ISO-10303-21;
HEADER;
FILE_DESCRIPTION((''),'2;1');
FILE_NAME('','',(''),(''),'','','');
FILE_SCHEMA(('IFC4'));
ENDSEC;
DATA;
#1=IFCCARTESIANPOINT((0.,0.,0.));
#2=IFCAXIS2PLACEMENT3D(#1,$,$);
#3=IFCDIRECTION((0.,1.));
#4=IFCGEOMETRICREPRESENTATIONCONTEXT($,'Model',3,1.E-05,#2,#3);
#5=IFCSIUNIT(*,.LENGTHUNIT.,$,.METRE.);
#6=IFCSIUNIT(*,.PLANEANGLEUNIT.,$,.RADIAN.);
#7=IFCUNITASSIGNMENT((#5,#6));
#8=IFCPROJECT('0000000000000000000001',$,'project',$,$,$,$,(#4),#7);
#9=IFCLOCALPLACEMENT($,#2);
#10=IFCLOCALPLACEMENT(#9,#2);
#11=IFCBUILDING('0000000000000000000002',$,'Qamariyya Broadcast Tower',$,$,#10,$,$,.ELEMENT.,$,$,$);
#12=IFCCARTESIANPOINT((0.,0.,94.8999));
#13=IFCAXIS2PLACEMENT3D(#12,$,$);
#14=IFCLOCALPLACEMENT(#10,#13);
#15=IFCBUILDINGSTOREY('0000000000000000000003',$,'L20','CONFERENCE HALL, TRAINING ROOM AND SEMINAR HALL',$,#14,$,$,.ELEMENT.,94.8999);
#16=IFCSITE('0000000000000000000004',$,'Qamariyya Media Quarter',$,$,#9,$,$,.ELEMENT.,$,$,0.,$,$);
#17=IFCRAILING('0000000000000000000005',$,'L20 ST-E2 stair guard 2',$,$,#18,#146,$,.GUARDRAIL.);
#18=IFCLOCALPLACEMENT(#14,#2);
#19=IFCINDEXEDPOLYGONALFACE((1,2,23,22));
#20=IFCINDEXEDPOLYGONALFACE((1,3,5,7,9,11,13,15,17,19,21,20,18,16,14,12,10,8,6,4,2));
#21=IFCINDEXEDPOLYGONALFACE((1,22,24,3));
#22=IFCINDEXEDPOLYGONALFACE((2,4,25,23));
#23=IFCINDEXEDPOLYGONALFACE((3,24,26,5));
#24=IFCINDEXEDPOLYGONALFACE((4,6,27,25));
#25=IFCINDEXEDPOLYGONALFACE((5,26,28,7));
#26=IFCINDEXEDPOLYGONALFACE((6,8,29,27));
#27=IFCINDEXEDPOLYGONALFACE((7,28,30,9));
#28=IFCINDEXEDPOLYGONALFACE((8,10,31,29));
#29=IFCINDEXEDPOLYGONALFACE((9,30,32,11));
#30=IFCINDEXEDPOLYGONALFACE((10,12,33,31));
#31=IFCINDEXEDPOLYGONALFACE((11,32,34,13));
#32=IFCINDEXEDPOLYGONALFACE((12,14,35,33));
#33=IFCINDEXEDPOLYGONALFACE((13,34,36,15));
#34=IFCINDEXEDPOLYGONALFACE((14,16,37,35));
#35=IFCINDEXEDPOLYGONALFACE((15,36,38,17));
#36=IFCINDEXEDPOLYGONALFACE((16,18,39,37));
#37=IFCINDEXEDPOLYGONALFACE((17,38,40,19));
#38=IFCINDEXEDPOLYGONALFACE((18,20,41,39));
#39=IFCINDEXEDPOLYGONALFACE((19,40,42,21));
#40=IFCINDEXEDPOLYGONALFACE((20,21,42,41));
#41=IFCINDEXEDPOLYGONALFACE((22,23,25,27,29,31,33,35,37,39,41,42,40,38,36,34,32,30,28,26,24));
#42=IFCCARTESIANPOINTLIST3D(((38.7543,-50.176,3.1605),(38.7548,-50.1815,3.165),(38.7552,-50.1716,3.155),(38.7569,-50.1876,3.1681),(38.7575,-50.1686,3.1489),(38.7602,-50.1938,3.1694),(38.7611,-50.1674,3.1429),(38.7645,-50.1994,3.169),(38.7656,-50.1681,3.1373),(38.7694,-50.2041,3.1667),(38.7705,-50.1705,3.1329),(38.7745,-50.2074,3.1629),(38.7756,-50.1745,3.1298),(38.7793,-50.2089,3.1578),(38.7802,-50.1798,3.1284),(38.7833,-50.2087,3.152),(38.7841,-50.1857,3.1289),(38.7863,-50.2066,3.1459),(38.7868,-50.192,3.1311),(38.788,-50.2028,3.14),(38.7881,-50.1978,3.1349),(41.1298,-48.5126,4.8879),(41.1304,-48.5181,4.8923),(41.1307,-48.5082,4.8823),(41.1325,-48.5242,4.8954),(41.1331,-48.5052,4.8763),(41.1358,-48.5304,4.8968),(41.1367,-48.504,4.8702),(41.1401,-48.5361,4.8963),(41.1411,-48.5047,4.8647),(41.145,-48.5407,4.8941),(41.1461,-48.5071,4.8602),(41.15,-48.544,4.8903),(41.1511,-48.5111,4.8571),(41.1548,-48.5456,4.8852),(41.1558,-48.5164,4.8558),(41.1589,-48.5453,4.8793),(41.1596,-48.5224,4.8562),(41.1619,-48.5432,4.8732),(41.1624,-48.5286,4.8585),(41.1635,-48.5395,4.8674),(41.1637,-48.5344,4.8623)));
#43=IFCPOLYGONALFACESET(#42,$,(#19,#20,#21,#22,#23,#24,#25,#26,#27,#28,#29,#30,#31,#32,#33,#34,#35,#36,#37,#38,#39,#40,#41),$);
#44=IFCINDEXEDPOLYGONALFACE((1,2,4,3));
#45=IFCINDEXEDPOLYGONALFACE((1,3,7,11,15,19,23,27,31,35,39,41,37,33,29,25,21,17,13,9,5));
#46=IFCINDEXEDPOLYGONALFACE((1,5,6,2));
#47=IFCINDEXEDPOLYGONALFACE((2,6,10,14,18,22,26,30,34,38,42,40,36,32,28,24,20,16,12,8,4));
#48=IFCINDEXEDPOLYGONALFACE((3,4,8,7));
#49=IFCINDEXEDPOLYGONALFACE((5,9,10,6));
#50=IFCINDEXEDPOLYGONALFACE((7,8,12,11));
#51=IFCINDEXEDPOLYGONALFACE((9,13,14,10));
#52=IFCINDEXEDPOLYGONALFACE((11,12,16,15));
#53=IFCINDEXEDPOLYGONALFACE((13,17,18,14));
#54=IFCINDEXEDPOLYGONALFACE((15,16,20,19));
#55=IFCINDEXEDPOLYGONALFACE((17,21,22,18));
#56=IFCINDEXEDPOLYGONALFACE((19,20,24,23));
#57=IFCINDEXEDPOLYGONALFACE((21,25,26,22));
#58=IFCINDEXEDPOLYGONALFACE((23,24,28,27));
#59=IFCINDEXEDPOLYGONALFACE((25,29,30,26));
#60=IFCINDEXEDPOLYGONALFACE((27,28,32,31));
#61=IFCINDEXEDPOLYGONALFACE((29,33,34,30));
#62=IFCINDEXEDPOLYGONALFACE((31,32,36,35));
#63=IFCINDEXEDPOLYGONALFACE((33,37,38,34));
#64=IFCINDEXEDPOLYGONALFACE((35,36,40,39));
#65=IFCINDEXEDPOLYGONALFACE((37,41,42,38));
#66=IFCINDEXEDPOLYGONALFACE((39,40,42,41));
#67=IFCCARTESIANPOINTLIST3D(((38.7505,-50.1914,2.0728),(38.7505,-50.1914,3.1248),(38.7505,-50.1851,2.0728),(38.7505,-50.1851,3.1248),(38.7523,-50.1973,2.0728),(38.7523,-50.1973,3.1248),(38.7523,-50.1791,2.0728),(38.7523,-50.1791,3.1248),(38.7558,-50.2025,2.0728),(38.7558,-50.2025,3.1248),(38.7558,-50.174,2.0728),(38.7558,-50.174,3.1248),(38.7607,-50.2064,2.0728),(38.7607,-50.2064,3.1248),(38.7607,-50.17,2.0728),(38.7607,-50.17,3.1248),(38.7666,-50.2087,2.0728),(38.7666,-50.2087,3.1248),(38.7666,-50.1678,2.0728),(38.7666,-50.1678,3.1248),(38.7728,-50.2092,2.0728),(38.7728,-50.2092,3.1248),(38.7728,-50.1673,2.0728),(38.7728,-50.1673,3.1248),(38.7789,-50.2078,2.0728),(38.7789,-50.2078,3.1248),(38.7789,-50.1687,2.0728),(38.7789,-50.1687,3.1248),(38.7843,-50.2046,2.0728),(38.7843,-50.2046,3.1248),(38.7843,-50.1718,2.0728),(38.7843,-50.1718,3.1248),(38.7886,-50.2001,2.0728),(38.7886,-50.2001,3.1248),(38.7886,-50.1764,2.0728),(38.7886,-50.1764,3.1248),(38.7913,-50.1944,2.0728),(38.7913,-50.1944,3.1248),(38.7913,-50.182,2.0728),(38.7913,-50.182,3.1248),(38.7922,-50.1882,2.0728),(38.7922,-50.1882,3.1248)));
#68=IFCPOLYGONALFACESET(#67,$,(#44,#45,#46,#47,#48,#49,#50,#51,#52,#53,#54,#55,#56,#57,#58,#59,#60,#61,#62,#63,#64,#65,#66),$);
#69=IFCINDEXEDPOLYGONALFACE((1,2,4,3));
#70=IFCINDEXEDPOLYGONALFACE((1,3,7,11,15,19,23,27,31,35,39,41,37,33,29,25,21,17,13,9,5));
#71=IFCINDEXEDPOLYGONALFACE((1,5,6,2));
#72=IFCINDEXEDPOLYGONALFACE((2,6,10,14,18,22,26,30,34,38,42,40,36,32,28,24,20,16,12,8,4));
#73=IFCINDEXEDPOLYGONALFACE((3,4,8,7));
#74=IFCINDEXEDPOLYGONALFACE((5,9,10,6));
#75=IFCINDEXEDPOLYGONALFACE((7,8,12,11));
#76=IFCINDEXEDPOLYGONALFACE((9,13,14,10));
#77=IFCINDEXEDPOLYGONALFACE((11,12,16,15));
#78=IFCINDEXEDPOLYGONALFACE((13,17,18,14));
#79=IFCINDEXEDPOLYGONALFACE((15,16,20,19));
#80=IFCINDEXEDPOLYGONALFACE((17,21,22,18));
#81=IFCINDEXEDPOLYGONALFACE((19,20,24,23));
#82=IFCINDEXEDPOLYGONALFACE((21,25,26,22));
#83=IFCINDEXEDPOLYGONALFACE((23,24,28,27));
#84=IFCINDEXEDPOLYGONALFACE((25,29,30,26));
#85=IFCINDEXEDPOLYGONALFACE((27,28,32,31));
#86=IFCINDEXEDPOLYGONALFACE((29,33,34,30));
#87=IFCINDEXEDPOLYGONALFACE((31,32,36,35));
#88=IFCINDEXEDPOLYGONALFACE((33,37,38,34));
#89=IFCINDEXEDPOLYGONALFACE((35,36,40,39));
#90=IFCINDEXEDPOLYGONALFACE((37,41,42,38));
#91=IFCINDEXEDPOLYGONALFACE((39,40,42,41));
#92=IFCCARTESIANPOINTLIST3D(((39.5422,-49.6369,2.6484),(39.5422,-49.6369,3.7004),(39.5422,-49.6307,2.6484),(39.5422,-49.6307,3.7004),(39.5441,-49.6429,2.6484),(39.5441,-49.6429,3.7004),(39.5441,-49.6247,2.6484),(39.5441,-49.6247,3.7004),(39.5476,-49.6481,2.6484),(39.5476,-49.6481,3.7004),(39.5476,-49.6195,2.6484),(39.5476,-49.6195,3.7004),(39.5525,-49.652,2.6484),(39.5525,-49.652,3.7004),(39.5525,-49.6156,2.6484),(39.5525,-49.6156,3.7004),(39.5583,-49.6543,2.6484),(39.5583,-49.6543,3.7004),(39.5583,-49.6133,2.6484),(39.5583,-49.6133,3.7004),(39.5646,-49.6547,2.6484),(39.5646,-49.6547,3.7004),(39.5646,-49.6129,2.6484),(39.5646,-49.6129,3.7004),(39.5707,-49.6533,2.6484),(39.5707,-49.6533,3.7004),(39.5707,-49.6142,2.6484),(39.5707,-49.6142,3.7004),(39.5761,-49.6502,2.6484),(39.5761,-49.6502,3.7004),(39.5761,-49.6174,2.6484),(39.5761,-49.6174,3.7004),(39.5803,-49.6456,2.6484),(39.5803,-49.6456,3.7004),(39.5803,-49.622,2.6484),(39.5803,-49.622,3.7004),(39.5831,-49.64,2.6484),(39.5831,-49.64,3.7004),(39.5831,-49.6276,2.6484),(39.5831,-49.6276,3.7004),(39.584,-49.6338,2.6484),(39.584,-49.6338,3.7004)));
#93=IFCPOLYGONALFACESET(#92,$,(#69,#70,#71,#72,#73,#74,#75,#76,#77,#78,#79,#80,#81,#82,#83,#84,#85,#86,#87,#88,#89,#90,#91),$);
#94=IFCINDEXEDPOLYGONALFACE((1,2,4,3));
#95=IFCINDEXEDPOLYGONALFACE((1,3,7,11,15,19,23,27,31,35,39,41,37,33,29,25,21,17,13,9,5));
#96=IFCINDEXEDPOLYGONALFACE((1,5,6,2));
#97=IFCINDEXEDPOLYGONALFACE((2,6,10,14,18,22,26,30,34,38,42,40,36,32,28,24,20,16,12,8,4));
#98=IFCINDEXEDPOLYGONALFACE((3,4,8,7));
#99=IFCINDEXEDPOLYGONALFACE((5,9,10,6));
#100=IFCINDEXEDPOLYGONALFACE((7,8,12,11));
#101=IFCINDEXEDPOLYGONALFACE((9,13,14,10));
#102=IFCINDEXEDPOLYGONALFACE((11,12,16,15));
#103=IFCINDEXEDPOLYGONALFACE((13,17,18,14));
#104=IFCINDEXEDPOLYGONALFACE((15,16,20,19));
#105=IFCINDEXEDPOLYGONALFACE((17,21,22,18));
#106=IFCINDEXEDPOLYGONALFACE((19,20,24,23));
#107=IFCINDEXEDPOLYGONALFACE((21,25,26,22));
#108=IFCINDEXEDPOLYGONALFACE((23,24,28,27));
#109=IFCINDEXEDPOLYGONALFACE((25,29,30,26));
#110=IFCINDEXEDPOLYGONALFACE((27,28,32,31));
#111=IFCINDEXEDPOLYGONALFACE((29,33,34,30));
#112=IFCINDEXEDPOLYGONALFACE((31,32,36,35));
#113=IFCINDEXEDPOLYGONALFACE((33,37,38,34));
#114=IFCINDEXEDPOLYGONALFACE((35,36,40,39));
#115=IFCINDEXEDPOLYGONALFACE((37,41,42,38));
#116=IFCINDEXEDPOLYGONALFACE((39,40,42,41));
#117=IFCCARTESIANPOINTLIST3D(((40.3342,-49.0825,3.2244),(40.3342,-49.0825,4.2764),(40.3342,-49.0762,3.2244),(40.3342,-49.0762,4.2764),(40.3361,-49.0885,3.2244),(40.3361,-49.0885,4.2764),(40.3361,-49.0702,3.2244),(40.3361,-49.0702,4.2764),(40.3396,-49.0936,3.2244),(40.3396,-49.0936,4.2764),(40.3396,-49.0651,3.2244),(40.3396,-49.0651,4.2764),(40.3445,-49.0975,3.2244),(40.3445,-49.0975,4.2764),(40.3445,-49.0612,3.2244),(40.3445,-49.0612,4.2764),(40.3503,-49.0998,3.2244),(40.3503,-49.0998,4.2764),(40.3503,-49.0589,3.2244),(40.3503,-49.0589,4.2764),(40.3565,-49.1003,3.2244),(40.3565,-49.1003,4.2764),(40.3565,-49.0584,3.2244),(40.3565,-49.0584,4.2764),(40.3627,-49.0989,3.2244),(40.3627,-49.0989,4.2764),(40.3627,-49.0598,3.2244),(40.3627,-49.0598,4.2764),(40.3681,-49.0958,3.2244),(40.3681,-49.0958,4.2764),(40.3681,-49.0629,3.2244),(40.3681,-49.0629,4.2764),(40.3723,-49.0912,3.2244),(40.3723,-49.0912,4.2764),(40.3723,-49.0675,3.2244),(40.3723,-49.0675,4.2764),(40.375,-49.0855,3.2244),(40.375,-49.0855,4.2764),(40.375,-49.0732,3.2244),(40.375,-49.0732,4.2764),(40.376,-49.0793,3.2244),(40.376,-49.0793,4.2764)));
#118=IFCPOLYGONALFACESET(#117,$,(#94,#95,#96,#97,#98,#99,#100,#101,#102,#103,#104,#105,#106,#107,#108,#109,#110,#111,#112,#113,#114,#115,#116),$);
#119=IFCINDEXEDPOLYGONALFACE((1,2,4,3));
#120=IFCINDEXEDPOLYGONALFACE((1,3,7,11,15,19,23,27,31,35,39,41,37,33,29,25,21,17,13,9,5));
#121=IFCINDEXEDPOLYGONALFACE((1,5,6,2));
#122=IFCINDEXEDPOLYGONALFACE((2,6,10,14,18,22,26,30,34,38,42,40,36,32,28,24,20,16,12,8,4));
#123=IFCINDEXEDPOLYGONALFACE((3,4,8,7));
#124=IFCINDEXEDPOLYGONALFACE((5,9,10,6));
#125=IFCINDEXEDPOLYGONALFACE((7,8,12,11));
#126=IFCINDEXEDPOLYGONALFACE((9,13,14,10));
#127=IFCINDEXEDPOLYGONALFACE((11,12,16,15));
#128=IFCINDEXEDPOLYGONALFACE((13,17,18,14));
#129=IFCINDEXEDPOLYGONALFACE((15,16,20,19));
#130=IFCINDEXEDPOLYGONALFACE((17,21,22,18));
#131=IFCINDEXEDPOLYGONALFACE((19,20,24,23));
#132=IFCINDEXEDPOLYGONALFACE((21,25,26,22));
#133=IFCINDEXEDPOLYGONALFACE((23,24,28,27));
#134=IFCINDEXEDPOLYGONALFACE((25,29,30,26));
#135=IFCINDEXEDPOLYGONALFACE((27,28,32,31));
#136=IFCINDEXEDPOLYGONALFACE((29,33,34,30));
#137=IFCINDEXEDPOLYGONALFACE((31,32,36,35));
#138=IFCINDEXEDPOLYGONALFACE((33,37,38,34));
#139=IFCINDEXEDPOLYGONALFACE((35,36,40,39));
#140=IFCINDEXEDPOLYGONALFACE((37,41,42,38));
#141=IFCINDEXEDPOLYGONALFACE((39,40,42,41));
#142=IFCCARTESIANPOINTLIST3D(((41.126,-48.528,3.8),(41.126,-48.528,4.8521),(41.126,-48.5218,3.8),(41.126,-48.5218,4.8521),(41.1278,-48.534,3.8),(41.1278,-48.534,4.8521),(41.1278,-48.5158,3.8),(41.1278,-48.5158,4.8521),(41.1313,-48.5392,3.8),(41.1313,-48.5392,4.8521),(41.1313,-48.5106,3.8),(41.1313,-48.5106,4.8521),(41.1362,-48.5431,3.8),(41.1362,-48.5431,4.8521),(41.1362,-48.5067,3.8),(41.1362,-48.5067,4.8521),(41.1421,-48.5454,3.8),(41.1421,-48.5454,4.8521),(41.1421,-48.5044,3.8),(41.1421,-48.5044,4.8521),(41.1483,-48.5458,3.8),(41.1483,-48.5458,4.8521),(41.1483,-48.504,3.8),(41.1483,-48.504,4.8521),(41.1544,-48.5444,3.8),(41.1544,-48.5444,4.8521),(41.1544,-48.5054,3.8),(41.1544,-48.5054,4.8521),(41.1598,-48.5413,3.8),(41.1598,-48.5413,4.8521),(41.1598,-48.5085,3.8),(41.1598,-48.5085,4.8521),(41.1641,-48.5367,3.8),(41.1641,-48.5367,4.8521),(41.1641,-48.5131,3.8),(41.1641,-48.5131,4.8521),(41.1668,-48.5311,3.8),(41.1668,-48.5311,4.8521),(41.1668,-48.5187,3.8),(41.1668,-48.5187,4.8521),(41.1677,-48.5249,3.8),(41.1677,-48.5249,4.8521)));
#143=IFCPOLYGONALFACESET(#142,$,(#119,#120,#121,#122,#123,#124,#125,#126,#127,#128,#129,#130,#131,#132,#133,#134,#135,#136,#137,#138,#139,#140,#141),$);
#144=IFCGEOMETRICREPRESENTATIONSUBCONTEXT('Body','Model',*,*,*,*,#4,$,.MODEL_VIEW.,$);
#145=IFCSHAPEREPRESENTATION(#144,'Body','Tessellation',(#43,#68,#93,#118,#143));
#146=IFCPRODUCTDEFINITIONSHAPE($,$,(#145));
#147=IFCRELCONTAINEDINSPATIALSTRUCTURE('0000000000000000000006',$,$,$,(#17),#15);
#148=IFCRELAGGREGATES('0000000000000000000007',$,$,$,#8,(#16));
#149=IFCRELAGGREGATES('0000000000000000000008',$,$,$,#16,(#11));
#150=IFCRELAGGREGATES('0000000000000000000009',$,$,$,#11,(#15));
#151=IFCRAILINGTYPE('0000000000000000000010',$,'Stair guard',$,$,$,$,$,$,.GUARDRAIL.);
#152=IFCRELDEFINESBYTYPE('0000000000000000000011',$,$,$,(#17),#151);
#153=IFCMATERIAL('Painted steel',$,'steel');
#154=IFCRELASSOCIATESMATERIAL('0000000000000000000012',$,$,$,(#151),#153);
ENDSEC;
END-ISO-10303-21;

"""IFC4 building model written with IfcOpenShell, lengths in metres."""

from ifc_helpers import new_model, si_unit, direction, frame, origin, origin_2d, place, context, subcontext, project, spatial, circle, extrude, material, type_object, element, save


model = new_model("IFC4")

# Units and contexts
model_context = context("Model", 3, precision=1e-05, world=origin(), true_north=direction((0.0, 1.0)))
body_context = subcontext(model_context, "Body", "Model", "MODEL_VIEW")
ifc_project = project(units=[si_unit("LENGTHUNIT", "METRE"), si_unit("PLANEANGLEUNIT", "RADIAN")], contexts=[model_context])

# Site, building, storey
site_placement = place(None, origin())
site = spatial("IfcSite", under=ifc_project, at=site_placement, Name="Qamariyya Media Quarter", CompositionType="ELEMENT", RefElevation=0.0)
building_placement = place(site_placement, origin())
building = spatial("IfcBuilding", under=site, at=building_placement, Name="Qamariyya Broadcast Tower", CompositionType="ELEMENT")
storey_placement = place(building_placement, frame((0.0, 0.0, 94.8999)))
storey = spatial("IfcBuildingStorey", under=building, at=storey_placement, Name="L20", Description="CONFERENCE HALL, TRAINING ROOM AND SEMINAR HALL", CompositionType="ELEMENT", Elevation=94.8999)

# Railing
ifc_material_1 = material(Name="Painted steel", Category="steel")
railing_type_1 = type_object("IfcRailingType", Name="Stair guard", PredefinedType="GUARDRAIL", material=ifc_material_1)
railing_1_placement = place(storey_placement, frame((38.7712, -50.1882, 2.0728)))
element("IfcRailing", 1, at=railing_1_placement, inside=storey, type_object=railing_type_1, Name="L20 ST-E2 stair guard 2", PredefinedType="GUARDRAIL", context=body_context, shape_type="SweptSolid", body=[
    extrude(circle(Radius=0.0239, at=origin_2d()), frame((0.0, 0.0, 1.0762), z_axis=(0.70377, 0.492784, 0.511734), x_axis=(-0.573575, 0.819153, 0.0)), (0.0, 0.0, 1.0), 3.3755),
    extrude(circle(Radius=0.021, at=origin_2d()), origin(), (0.0, 0.0, 1.0), 1.052),
    extrude(circle(Radius=0.021, at=origin_2d()), frame((0.7917, 0.5544, 0.5757)), (0.0, 0.0, 1.0), 1.052),
    extrude(circle(Radius=0.021, at=origin_2d()), frame((1.5837, 1.1089, 1.1516)), (0.0, 0.0, 1.0), 1.052),
    extrude(circle(Radius=0.021, at=origin_2d()), frame((2.3755, 1.6633, 1.7273)), (0.0, 0.0, 1.0), 1.052),
])

save(model, "model.ifc")
